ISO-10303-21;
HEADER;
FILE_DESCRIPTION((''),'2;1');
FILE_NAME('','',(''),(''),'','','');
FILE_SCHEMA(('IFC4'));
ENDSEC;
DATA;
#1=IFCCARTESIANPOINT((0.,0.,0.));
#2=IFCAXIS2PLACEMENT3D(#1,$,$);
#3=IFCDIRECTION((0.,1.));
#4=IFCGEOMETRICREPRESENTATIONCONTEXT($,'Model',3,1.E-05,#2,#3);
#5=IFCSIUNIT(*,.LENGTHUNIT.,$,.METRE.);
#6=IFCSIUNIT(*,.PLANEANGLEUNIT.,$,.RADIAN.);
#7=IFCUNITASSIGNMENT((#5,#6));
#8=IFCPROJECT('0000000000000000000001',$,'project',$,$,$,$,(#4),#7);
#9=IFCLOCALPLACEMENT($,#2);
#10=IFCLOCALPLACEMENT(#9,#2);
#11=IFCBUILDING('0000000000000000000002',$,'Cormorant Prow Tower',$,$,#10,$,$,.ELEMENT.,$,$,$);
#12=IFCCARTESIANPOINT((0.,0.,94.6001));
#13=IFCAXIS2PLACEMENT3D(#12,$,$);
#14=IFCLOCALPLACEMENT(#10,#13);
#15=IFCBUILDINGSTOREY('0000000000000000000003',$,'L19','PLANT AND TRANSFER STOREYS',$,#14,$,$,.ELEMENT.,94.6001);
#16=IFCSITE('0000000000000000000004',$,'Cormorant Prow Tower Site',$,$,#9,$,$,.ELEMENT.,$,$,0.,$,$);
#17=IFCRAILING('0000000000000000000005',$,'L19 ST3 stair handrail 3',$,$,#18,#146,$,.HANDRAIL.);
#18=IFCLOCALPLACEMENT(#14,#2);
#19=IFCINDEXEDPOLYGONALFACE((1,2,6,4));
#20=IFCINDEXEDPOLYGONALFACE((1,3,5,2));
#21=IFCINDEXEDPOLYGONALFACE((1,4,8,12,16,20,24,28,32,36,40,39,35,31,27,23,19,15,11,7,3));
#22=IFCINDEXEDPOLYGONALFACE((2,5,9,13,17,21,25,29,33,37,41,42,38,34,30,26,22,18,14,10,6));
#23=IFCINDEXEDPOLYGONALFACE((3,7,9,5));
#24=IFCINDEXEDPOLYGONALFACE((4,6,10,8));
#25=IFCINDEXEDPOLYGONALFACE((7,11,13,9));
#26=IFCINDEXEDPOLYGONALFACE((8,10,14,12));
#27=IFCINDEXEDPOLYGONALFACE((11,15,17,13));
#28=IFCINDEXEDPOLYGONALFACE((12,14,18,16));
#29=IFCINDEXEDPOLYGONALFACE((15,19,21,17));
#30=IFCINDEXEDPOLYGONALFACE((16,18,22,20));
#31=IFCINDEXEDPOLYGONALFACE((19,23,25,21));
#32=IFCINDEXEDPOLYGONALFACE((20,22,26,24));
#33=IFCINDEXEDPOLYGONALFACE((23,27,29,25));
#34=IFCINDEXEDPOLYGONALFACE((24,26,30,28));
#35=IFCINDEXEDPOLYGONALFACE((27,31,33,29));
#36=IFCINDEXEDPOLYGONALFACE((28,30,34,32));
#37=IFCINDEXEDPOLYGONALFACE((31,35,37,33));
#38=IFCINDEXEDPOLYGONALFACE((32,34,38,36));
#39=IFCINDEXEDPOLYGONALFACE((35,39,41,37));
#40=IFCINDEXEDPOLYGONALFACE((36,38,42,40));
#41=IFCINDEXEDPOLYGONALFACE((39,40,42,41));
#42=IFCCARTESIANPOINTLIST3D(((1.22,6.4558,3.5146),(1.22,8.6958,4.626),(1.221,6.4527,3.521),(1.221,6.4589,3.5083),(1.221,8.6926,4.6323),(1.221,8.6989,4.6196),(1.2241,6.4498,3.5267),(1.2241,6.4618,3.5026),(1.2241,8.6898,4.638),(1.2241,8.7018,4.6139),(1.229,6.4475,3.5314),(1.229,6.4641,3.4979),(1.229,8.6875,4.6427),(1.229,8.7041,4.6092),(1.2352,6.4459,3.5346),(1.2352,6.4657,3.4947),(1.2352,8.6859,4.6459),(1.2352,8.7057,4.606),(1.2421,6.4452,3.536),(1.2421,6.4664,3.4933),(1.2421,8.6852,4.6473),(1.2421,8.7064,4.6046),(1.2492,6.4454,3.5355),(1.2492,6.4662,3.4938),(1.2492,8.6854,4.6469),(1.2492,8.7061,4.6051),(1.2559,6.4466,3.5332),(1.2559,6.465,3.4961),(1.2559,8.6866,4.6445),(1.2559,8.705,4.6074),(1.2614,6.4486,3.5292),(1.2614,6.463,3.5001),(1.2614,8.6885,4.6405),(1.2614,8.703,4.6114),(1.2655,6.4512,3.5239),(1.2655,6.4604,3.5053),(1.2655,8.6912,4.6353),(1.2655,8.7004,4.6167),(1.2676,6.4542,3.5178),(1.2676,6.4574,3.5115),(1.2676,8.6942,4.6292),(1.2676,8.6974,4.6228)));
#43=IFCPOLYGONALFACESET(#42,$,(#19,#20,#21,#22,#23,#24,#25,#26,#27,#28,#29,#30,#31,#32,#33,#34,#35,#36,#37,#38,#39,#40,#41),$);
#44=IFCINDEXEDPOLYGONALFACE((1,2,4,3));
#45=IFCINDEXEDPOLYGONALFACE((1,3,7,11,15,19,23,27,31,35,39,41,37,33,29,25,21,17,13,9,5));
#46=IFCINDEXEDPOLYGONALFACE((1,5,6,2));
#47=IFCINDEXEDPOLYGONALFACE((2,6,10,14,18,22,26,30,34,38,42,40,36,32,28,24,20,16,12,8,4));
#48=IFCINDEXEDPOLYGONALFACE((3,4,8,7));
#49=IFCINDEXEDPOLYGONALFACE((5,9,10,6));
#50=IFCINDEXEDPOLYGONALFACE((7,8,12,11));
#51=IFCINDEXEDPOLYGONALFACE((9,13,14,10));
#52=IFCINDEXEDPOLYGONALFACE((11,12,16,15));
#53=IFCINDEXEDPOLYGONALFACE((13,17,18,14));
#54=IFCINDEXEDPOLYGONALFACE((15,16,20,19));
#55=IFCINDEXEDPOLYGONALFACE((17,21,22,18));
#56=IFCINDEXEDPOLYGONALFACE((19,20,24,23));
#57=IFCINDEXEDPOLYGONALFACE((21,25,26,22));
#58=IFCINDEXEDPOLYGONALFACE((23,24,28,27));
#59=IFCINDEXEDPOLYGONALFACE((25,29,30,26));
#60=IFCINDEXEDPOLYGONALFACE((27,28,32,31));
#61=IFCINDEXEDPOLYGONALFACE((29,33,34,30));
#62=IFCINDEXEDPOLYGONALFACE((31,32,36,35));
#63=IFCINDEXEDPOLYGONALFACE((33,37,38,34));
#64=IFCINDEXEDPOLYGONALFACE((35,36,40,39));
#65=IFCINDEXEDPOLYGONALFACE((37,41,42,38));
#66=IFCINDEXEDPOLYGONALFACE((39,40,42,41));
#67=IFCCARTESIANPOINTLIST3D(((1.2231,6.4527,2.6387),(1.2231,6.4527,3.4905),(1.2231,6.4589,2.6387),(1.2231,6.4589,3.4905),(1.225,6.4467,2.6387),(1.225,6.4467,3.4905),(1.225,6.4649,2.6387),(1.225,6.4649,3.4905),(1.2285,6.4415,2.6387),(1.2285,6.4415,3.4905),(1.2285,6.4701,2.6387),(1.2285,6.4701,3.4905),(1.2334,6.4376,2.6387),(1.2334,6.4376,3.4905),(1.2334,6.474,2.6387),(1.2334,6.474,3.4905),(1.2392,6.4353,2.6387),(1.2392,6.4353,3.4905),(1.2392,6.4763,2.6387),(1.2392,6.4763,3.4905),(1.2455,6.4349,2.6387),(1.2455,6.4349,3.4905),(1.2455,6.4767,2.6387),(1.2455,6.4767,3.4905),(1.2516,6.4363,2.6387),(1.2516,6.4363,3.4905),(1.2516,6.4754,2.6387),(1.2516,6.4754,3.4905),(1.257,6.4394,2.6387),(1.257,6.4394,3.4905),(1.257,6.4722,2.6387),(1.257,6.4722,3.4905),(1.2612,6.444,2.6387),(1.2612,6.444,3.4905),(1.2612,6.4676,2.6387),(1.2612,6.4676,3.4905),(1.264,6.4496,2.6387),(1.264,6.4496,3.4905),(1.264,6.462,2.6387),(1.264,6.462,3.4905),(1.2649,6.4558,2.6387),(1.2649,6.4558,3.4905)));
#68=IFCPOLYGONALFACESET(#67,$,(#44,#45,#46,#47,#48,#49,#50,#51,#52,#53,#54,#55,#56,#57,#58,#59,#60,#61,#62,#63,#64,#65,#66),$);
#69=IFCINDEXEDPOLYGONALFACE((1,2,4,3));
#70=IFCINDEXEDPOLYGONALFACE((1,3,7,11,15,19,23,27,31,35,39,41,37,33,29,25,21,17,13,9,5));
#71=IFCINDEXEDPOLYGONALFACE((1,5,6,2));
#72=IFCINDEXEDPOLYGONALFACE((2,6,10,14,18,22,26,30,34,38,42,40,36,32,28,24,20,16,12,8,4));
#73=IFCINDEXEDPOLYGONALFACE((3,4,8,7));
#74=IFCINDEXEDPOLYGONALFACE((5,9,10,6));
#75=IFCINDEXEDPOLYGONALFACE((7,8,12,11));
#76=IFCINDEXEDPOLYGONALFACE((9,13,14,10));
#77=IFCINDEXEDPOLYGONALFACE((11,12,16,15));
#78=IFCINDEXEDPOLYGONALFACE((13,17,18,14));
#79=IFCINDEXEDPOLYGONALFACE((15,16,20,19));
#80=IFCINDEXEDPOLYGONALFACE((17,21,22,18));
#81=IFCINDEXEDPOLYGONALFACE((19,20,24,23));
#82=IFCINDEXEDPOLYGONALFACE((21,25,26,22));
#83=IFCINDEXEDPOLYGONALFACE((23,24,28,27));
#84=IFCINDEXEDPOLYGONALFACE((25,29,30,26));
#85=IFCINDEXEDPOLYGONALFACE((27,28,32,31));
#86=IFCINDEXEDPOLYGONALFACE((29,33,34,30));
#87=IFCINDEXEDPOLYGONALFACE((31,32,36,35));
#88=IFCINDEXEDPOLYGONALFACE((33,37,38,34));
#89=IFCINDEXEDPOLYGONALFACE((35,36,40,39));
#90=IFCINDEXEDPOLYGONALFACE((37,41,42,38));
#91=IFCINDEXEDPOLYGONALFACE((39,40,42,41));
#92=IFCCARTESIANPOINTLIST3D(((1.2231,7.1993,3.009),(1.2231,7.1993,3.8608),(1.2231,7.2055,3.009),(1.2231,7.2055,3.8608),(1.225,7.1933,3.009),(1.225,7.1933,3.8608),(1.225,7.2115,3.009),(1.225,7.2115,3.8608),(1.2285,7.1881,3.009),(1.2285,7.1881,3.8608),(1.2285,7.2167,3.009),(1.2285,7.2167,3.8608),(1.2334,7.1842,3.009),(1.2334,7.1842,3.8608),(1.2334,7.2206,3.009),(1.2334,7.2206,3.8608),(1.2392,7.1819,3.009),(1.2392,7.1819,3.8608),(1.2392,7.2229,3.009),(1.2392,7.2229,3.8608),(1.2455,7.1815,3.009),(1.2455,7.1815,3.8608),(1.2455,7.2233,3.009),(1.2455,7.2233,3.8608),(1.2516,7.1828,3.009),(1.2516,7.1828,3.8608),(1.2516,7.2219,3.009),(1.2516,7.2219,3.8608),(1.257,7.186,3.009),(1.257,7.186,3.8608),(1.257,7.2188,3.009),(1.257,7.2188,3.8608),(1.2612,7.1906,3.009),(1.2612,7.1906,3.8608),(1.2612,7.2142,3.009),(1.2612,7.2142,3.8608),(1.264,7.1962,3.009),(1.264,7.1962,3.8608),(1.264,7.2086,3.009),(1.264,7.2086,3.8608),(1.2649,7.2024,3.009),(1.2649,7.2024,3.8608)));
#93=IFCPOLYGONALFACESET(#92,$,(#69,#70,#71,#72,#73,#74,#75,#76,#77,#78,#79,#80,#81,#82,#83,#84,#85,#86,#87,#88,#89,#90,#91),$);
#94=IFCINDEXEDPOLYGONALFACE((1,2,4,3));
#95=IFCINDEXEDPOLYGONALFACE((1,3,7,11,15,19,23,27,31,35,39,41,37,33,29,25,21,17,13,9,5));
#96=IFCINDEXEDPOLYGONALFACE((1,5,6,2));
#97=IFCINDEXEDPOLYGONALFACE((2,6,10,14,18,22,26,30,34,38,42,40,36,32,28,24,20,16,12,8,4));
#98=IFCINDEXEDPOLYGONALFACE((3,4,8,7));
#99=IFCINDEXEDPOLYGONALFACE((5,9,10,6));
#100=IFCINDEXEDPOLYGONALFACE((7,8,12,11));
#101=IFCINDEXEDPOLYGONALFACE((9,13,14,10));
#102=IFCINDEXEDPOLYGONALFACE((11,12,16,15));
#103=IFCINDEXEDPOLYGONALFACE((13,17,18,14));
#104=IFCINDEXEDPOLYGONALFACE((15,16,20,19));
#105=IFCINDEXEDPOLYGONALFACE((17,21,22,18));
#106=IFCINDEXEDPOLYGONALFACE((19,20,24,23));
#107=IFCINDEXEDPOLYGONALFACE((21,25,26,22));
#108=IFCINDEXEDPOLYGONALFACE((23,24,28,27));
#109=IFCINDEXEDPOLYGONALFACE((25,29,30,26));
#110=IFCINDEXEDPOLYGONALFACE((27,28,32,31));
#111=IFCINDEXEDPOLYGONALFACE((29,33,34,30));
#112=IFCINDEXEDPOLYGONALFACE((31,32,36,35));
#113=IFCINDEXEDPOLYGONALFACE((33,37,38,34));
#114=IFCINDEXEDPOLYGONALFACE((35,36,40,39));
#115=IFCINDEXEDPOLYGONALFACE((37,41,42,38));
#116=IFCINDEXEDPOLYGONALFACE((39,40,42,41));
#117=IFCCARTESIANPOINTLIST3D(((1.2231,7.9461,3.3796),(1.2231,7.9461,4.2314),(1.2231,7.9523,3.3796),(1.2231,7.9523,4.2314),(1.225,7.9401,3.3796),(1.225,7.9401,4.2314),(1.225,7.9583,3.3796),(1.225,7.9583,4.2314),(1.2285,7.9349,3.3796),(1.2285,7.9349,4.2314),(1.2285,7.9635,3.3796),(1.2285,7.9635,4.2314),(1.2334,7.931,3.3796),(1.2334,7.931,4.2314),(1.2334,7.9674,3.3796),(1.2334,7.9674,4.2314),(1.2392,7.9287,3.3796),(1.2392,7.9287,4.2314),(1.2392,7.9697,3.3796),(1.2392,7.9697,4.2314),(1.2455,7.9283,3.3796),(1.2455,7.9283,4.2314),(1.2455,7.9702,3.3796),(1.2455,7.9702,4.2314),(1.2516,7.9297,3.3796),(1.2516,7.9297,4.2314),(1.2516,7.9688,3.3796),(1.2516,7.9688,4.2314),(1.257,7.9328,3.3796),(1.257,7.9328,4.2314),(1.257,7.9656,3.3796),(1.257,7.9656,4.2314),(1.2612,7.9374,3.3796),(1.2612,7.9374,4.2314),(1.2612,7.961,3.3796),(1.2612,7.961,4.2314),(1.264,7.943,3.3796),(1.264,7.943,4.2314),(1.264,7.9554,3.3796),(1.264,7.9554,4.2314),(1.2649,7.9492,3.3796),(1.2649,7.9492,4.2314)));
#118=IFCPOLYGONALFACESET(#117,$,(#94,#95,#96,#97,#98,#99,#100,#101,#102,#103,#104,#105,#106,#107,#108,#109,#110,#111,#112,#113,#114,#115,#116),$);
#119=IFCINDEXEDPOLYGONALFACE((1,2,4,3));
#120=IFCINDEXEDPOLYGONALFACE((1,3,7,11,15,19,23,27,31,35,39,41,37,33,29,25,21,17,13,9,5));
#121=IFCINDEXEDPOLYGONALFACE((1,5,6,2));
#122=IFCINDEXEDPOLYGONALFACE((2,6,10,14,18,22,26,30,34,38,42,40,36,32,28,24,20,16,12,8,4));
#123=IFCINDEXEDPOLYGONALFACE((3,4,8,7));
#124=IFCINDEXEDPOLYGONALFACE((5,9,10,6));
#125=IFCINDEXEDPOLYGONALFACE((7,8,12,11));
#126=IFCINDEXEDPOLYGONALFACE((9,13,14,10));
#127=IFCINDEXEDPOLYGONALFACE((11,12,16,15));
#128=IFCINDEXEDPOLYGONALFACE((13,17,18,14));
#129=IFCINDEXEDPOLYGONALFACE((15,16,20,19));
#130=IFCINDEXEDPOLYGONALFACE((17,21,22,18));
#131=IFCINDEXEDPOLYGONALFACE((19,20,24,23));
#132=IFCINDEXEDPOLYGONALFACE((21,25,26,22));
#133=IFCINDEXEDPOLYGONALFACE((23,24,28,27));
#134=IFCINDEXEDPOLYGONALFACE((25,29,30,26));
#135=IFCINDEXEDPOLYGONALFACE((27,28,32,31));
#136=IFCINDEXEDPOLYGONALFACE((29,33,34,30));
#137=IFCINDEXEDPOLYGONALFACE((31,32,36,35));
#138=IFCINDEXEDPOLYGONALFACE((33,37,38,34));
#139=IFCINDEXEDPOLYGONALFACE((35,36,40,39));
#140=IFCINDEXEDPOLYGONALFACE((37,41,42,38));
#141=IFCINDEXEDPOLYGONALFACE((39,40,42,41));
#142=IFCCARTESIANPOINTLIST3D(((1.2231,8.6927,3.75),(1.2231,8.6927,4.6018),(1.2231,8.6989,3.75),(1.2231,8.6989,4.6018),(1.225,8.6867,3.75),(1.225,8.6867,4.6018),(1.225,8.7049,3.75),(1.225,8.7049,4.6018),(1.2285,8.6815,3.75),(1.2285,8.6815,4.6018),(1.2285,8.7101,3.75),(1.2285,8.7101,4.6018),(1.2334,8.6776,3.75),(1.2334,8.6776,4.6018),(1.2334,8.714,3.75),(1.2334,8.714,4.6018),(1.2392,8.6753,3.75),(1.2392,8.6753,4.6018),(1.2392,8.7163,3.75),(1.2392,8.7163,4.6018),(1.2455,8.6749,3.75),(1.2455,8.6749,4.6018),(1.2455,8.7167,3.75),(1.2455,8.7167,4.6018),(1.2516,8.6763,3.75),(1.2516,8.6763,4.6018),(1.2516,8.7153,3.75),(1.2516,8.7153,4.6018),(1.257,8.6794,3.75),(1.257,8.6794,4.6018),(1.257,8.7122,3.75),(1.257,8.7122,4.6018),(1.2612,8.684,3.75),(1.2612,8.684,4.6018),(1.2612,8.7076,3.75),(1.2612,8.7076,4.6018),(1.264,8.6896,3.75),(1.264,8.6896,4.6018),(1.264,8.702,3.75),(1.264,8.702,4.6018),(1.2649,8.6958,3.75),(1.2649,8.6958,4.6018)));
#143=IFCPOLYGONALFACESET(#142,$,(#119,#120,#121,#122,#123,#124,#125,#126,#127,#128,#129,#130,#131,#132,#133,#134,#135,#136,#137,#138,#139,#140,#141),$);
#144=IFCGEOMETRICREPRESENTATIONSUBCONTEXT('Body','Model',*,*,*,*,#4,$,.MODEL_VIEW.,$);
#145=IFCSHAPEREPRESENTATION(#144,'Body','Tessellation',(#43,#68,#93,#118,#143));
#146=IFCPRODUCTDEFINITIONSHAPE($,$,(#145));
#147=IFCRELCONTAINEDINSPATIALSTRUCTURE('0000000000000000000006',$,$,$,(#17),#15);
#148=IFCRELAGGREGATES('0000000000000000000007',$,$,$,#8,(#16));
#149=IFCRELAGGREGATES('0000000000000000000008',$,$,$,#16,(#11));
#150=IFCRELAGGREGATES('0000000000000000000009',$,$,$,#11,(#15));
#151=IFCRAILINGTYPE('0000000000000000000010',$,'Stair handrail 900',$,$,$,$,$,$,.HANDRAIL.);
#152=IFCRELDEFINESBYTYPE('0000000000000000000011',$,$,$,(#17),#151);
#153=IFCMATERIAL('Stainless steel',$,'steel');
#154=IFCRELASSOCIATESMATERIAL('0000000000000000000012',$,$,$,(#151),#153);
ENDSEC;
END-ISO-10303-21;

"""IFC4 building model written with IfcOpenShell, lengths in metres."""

from ifc_helpers import new_model, si_unit, direction, frame, origin, origin_2d, place, context, subcontext, project, spatial, circle, extrude, material, type_object, element, save


model = new_model("IFC4")

# Units and contexts
model_context = context("Model", 3, precision=1e-05, world=origin(), true_north=direction((0.0, 1.0)))
body_context = subcontext(model_context, "Body", "Model", "MODEL_VIEW")
ifc_project = project(units=[si_unit("LENGTHUNIT", "METRE"), si_unit("PLANEANGLEUNIT", "RADIAN")], contexts=[model_context])

# Site, building, storey
site_placement = place(None, origin())
site = spatial("IfcSite", under=ifc_project, at=site_placement, Name="Cormorant Prow Tower Site", CompositionType="ELEMENT", RefElevation=0.0)
building_placement = place(site_placement, origin())
building = spatial("IfcBuilding", under=site, at=building_placement, Name="Cormorant Prow Tower", CompositionType="ELEMENT")
storey_placement = place(building_placement, frame((0.0, 0.0, 94.6001)))
storey = spatial("IfcBuildingStorey", under=building, at=storey_placement, Name="L19", Description="PLANT AND TRANSFER STOREYS", CompositionType="ELEMENT", Elevation=94.6001)

# Railing
ifc_material_1 = material(Name="Stainless steel", Category="steel")
railing_type_1 = type_object("IfcRailingType", Name="Stair handrail 900", PredefinedType="HANDRAIL", material=ifc_material_1)
for number, where, name in (
    (1, (1.2439, 6.4558, 2.6387), "L19 ST3 stair handrail 3"),
):
    element("IfcRailing", number, at=place(storey_placement, frame(where)), inside=storey, type_object=railing_type_1, Name=name, PredefinedType="HANDRAIL", context=body_context, shape_type="SweptSolid", body=[
        extrude(circle(Radius=0.0239, at=origin_2d()), frame((0.0, 0.0, 0.876), z_axis=(0.0, 0.895809, 0.444439), x_axis=(-1.0, 0.0, 0.0)), (0.0, 0.0, 1.0), 2.5005),
        extrude(circle(Radius=0.021, at=origin_2d()), origin(), (0.0, 0.0, 1.0), 0.8518),
        extrude(circle(Radius=0.021, at=origin_2d()), frame((0.0, 0.7466, 0.3704)), (0.0, 0.0, 1.0), 0.8518),
        extrude(circle(Radius=0.021, at=origin_2d()), frame((0.0, 1.4934, 0.741)), (0.0, 0.0, 1.0), 0.8518),
        extrude(circle(Radius=0.021, at=origin_2d()), frame((0.0, 2.24, 1.1113)), (0.0, 0.0, 1.0), 0.8518),
    ])

save(model, "model.ifc")
